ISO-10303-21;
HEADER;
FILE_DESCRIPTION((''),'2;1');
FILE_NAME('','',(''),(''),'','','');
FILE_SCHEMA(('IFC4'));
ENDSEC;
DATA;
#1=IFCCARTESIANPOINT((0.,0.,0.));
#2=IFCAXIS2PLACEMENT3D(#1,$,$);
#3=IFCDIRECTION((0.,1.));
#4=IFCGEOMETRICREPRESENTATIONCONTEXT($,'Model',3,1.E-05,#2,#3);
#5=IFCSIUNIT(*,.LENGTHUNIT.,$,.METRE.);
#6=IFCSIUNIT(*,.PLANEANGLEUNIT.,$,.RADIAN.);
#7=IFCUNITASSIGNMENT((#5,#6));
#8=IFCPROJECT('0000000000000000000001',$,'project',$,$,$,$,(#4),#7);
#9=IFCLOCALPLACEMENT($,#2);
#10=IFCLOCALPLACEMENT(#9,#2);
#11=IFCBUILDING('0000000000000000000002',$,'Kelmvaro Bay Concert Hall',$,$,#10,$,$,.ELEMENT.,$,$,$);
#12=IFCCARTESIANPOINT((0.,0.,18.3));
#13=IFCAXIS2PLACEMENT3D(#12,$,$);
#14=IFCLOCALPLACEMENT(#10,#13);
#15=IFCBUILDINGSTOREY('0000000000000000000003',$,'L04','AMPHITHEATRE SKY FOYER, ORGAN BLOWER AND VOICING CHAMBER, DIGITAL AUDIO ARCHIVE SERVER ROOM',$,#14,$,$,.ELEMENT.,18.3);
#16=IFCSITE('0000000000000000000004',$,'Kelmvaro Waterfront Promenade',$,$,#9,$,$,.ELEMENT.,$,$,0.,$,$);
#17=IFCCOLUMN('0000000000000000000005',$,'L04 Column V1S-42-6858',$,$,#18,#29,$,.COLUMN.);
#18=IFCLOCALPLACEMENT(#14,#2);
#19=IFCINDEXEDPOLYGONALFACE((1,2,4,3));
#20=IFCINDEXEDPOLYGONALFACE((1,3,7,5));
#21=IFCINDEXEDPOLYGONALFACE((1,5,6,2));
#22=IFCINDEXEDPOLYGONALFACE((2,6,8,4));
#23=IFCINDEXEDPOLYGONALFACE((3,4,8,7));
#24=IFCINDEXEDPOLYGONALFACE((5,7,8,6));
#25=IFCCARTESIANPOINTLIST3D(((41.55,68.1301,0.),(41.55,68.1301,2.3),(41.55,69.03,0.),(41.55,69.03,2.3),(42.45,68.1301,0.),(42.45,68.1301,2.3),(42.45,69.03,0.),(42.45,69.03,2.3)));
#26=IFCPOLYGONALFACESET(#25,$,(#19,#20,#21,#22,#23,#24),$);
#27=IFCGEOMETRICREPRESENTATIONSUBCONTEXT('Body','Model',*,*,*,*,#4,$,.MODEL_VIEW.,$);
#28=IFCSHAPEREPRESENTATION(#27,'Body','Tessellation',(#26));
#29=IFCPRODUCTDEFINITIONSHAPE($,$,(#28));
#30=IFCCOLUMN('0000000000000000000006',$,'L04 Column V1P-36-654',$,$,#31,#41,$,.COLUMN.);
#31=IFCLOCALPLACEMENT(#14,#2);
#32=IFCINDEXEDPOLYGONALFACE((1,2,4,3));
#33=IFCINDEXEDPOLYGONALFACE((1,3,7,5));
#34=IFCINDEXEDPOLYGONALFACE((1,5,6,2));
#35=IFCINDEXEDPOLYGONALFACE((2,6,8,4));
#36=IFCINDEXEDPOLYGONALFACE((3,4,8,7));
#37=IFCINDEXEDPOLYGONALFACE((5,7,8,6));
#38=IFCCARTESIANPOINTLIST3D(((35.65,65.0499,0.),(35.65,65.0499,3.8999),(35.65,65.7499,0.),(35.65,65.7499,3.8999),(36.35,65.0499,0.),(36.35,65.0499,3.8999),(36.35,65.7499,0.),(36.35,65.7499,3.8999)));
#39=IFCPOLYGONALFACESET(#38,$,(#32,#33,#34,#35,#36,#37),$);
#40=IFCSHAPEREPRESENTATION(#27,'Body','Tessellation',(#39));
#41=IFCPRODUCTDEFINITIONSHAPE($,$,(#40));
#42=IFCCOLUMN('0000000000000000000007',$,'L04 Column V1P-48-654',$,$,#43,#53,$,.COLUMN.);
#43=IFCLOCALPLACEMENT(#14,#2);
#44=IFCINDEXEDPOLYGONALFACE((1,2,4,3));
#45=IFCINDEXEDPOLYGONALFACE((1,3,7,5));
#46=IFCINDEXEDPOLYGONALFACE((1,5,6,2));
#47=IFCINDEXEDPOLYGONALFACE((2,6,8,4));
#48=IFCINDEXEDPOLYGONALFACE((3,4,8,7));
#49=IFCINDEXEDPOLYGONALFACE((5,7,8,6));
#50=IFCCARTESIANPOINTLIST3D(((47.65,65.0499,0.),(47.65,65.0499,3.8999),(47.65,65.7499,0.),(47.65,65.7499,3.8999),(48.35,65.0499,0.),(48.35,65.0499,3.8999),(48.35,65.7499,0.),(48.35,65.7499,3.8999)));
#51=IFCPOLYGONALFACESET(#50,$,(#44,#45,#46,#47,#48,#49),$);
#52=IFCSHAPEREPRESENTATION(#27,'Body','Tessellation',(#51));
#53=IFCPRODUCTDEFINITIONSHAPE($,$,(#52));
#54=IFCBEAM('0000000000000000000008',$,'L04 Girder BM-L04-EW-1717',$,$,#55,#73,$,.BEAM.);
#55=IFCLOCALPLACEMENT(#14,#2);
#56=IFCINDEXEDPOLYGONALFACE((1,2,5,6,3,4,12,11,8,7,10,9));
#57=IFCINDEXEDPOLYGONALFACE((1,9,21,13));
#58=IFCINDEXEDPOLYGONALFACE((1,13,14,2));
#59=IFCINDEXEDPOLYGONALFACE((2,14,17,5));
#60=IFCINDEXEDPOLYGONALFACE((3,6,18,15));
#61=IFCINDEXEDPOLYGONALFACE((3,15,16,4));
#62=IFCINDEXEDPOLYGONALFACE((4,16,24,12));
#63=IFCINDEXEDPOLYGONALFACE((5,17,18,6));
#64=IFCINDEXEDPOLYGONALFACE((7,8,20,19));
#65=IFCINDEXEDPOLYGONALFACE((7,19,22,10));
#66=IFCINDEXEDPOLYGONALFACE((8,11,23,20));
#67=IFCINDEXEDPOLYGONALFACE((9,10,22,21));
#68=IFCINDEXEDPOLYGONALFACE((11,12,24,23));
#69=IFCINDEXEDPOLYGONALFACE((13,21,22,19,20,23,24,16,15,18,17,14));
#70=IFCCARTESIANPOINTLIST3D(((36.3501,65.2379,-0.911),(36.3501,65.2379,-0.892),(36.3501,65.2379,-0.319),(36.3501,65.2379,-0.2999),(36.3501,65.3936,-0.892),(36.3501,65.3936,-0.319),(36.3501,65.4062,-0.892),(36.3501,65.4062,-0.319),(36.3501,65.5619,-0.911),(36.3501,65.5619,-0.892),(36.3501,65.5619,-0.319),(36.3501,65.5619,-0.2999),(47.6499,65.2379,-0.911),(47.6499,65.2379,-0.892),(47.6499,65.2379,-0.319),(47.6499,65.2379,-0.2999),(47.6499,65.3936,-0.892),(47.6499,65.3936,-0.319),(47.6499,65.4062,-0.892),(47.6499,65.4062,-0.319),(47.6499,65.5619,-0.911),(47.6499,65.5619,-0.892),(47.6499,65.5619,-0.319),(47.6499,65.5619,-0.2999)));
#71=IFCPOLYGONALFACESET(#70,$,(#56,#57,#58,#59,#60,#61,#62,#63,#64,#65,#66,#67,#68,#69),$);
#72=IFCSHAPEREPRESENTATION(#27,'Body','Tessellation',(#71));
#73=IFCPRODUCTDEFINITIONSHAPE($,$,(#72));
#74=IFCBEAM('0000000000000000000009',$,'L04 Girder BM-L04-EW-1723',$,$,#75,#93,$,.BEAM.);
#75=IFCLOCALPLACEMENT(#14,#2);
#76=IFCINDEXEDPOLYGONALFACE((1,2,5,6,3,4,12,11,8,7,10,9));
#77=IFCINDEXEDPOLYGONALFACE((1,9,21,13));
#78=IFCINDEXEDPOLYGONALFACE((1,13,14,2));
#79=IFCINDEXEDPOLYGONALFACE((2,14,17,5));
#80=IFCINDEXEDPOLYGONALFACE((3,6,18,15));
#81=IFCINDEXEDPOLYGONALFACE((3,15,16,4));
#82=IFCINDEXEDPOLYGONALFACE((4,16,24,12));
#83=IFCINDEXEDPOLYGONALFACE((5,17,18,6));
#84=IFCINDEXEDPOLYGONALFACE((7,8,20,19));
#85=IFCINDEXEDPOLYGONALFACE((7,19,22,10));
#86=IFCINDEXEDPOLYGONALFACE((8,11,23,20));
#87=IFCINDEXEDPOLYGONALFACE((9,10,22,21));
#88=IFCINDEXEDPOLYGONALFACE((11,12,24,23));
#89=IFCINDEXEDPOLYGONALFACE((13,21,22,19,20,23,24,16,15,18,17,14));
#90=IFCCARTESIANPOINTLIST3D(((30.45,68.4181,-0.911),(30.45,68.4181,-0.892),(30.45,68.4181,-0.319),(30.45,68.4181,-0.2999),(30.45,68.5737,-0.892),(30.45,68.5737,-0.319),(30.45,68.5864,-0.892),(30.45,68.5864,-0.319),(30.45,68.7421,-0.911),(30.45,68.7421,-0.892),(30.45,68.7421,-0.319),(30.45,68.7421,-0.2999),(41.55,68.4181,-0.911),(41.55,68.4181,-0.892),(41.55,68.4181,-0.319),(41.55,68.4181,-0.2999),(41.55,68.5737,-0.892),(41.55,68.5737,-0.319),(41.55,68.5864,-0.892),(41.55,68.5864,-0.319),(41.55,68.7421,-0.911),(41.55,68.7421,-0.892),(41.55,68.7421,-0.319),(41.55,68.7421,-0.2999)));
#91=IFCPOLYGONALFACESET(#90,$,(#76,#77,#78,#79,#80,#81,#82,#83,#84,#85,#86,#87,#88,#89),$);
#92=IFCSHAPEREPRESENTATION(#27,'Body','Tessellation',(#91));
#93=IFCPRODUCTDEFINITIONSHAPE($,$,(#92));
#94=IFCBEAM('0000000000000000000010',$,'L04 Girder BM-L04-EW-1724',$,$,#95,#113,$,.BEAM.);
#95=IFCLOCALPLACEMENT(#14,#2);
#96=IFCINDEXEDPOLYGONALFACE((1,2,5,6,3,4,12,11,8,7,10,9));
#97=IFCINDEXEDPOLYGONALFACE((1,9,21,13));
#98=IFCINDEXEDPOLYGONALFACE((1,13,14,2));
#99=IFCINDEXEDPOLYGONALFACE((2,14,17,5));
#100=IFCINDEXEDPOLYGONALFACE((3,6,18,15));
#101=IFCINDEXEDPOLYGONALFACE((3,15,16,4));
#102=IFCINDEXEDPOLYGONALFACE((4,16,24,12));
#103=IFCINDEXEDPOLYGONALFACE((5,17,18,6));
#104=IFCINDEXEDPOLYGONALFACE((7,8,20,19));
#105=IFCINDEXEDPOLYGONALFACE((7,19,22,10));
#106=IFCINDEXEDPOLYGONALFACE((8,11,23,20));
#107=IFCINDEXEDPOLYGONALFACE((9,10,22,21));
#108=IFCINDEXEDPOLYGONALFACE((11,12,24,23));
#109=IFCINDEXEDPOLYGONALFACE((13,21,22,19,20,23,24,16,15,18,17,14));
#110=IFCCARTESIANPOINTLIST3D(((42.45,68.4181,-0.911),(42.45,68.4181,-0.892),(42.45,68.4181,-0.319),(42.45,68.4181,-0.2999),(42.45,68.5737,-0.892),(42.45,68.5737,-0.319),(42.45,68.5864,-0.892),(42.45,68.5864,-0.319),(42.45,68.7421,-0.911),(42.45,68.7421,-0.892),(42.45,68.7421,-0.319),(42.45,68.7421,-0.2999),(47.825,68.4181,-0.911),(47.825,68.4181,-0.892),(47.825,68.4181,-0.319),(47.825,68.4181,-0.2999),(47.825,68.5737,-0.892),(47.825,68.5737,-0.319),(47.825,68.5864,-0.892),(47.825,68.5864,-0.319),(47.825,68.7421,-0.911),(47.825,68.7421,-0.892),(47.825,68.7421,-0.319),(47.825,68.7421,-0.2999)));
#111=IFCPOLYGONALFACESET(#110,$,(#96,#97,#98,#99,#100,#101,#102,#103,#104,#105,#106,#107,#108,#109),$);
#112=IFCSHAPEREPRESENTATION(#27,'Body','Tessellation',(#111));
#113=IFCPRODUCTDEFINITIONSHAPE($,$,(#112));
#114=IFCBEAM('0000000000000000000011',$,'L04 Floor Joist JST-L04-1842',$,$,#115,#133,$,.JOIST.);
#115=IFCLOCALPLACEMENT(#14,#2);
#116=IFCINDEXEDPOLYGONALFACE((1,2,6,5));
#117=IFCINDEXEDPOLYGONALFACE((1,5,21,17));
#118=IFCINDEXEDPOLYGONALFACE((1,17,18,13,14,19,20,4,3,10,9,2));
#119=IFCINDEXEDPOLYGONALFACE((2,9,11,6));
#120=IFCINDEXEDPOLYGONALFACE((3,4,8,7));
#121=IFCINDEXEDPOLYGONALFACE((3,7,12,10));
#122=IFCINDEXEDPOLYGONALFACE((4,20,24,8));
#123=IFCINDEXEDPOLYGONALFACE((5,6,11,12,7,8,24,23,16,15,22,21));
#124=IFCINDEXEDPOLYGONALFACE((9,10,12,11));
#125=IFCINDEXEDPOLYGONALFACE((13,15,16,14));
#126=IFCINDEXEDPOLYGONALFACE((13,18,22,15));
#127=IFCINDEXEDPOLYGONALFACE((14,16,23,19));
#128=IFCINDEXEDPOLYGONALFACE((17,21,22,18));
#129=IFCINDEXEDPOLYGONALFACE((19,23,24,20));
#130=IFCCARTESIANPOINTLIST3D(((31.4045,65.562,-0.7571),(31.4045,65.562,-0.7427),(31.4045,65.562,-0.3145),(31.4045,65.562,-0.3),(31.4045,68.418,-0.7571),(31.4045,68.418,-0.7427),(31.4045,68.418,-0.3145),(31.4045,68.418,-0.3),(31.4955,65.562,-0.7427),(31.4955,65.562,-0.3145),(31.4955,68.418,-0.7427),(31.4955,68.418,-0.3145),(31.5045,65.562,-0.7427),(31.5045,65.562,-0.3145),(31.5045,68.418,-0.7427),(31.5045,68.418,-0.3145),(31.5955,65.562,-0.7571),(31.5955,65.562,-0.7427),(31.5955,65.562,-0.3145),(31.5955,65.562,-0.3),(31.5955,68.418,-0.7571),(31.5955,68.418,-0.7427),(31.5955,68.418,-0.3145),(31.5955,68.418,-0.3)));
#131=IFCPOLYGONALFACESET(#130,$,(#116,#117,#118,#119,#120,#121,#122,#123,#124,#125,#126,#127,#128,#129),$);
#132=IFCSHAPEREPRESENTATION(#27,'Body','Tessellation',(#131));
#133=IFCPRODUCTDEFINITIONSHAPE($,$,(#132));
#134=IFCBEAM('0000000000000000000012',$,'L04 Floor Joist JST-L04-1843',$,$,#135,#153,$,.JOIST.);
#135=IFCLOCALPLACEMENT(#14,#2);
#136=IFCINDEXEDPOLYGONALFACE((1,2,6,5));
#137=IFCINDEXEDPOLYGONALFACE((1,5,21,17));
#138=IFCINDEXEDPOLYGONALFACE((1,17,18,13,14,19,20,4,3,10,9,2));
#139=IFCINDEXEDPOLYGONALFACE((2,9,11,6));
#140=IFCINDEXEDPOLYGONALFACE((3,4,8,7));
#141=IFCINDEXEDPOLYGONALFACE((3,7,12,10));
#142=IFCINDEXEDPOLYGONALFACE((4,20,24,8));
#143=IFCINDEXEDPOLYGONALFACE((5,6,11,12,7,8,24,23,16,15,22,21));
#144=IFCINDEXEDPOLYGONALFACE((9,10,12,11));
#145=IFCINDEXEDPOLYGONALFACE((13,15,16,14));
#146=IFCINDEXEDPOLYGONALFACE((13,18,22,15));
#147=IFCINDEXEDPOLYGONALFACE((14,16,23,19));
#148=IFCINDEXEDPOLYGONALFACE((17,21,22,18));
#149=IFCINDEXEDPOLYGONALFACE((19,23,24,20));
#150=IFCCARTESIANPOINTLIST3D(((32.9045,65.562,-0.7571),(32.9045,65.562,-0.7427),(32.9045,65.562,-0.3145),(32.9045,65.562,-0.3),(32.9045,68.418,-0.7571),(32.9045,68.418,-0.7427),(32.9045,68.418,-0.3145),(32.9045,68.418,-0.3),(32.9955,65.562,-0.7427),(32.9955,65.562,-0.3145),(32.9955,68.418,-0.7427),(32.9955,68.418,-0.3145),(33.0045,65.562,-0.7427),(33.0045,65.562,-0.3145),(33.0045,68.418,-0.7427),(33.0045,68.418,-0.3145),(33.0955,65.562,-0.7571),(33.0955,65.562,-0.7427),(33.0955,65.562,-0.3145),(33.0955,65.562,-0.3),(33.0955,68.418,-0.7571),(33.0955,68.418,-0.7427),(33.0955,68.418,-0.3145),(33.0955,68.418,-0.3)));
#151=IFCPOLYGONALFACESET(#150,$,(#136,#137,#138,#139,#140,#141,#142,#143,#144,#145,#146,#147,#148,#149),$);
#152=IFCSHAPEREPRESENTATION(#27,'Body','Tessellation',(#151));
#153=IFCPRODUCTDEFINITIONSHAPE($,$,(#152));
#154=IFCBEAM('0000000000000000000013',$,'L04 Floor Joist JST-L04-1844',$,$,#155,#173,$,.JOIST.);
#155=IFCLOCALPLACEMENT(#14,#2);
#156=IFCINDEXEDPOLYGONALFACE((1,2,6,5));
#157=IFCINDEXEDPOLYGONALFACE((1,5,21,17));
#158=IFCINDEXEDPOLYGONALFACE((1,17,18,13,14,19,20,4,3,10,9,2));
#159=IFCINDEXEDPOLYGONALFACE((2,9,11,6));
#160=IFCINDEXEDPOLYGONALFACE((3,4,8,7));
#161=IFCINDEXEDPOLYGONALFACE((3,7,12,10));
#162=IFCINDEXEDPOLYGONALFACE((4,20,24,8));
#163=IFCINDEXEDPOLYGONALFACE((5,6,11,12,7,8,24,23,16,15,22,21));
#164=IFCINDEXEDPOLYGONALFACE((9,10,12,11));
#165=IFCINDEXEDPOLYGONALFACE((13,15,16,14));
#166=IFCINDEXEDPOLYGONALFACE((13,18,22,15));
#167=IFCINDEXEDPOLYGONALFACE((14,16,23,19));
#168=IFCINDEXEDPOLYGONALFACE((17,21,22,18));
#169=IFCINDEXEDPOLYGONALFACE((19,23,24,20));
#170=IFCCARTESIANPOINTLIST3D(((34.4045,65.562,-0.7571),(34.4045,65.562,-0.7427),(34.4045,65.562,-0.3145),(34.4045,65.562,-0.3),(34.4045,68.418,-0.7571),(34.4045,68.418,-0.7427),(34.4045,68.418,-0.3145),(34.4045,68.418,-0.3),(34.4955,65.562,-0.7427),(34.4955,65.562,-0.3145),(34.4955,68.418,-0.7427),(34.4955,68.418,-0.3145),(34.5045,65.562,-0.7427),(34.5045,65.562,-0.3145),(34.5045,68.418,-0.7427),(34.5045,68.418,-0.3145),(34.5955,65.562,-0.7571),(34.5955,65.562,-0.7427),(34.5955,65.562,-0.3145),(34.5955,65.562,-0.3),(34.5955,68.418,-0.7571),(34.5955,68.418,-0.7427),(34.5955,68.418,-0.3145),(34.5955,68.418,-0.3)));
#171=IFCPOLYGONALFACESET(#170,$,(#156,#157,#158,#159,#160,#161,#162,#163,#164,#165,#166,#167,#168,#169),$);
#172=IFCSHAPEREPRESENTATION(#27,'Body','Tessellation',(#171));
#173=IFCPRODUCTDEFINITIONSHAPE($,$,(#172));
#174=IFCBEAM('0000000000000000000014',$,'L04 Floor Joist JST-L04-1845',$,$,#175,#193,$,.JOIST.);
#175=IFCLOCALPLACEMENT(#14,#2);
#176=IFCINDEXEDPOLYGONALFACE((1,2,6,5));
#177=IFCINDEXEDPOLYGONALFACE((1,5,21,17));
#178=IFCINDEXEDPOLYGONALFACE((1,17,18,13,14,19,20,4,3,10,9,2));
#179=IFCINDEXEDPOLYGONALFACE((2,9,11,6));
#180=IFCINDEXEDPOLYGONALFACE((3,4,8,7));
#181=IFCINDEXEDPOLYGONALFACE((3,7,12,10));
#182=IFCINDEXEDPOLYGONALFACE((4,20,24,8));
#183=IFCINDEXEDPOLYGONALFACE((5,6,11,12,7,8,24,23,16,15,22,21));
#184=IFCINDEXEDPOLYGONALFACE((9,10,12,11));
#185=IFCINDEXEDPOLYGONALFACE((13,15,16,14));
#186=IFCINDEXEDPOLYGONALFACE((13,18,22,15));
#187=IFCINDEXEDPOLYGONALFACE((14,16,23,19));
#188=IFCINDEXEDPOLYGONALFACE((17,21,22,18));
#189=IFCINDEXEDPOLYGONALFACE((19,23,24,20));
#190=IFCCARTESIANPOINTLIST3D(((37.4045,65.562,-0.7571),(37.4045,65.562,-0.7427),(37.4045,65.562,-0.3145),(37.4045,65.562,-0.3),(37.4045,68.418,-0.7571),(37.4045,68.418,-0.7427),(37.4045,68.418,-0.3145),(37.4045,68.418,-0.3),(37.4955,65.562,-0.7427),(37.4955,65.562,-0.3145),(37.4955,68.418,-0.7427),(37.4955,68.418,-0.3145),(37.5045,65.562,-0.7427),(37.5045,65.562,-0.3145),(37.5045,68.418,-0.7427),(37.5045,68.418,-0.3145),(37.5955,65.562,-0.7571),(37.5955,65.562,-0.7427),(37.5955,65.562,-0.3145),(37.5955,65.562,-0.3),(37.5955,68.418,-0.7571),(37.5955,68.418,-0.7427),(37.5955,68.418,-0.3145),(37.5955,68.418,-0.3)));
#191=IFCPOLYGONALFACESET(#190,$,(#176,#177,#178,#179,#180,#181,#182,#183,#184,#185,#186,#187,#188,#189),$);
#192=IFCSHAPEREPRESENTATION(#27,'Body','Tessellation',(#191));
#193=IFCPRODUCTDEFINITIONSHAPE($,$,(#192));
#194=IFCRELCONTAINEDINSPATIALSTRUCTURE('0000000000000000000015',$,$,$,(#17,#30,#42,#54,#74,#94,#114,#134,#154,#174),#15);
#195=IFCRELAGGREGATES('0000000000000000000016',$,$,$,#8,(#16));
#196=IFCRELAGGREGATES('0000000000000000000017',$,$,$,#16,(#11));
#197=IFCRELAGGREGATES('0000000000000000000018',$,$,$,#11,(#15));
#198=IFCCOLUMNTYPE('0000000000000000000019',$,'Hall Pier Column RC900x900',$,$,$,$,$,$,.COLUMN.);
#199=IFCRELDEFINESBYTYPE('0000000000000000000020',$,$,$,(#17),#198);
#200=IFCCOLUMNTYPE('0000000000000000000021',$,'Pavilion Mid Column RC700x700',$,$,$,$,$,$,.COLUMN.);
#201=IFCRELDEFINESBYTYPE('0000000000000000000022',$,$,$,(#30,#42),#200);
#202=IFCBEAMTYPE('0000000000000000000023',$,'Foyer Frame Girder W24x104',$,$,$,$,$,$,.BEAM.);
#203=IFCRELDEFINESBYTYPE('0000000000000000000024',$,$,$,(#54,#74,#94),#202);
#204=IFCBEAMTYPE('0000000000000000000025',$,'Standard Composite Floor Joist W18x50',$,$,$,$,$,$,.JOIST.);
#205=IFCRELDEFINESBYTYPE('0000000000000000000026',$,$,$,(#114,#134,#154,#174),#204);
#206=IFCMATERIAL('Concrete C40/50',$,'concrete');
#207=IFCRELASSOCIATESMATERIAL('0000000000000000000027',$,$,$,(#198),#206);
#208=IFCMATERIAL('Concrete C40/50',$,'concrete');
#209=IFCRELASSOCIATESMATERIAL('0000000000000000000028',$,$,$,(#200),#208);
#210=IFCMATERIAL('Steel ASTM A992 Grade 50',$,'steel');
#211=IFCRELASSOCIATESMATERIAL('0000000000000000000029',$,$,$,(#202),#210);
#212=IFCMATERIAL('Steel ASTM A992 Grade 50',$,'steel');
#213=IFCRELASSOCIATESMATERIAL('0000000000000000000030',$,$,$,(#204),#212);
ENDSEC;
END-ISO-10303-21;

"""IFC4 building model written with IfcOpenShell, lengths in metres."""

from ifc_helpers import new_model, si_unit, direction, frame, origin, origin_2d, place, context, subcontext, project, spatial, rectangle, i_section, extrude, material, material_profile, profile_set, type_object, element, save


model = new_model("IFC4")

# Units and contexts
model_context = context("Model", 3, precision=1e-05, world=origin(), true_north=direction((0.0, 1.0)))
body_context = subcontext(model_context, "Body", "Model", "MODEL_VIEW")
ifc_project = project(units=[si_unit("LENGTHUNIT", "METRE"), si_unit("PLANEANGLEUNIT", "RADIAN")], contexts=[model_context])

# Site, building, storey
site_placement = place(None, origin())
site = spatial("IfcSite", under=ifc_project, at=site_placement, Name="Kelmvaro Waterfront Promenade", CompositionType="ELEMENT", RefElevation=0.0)
building_placement = place(site_placement, origin())
building = spatial("IfcBuilding", under=site, at=building_placement, Name="Kelmvaro Bay Concert Hall", CompositionType="ELEMENT")
storey_placement = place(building_placement, frame((0.0, 0.0, 18.3)))
storey = spatial("IfcBuildingStorey", under=building, at=storey_placement, Name="L04", Description="AMPHITHEATRE SKY FOYER, ORGAN BLOWER AND VOICING CHAMBER, DIGITAL AUDIO ARCHIVE SERVER ROOM", CompositionType="ELEMENT", Elevation=18.3)

# Columns
ifc_material_1 = material(Name="Concrete C40/50", Category="concrete")
ifc_material_profile_1 = material_profile(ifc_material_1, rectangle(XDim=0.8999, YDim=0.8999, at=origin_2d()), Name="RC-COL-900X900")
ifc_profile_set_1 = profile_set([ifc_material_profile_1], Name="Concrete C40/50")
column_type_1 = type_object("IfcColumnType", Name="Hall Pier Column RC900x900", PredefinedType="COLUMN", material=ifc_profile_set_1)
column_placement = place(storey_placement, frame((42.0, 68.5801, 0.0), z_axis=(0.0, 0.0, 1.0), x_axis=(1.0, 0.0, 0.0)))
element("IfcColumn", 1, at=column_placement, inside=storey, type_object=column_type_1, Name="L04 Column V1S-42-6858", PredefinedType="COLUMN", context=body_context, shape_type="SweptSolid", body=[
    extrude(rectangle(XDim=0.8999, YDim=0.8999, at=origin_2d()), origin(), (0.0, 0.0, 1.0), 2.3),
])
ifc_material_2 = material(Name="Concrete C40/50", Category="concrete")
ifc_material_profile_2 = material_profile(ifc_material_2, rectangle(XDim=0.7, YDim=0.7, at=origin_2d()), Name="RC-COL-700X700")
ifc_profile_set_2 = profile_set([ifc_material_profile_2], Name="Concrete C40/50")
column_type_2 = type_object("IfcColumnType", Name="Pavilion Mid Column RC700x700", PredefinedType="COLUMN", material=ifc_profile_set_2)
for number, where, z_axis, x_axis, name in (
    (2, (36.0, 65.3999, 0.0), (0.0, 0.0, 1.0), (1.0, 0.0, 0.0), "L04 Column V1P-36-654"),
    (3, (48.0, 65.3999, 0.0), (0.0, 0.0, 1.0), (1.0, 0.0, 0.0), "L04 Column V1P-48-654"),
):
    element("IfcColumn", number, at=place(storey_placement, frame(where, z_axis=z_axis, x_axis=x_axis)), inside=storey, type_object=column_type_2, Name=name, PredefinedType="COLUMN", context=body_context, shape_type="SweptSolid", body=[
        extrude(rectangle(XDim=0.7, YDim=0.7, at=origin_2d()), origin(), (0.0, 0.0, 1.0), 3.8999),
    ])

# Beams
ifc_material_3 = material(Name="Steel ASTM A992 Grade 50", Category="steel")
ifc_material_profile_3 = material_profile(ifc_material_3, i_section(OverallWidth=0.324, OverallDepth=0.6111, WebThickness=0.0127, FlangeThickness=0.019, at=origin_2d()), Name="W24X104")
ifc_profile_set_3 = profile_set([ifc_material_profile_3], Name="Steel ASTM A992 Grade 50")
beam_type_1 = type_object("IfcBeamType", Name="Foyer Frame Girder W24x104", PredefinedType="BEAM", material=ifc_profile_set_3)
beam_1_placement = place(storey_placement, frame((36.3501, 65.3999, -0.6055), z_axis=(1.0, 0.0, 0.0), x_axis=(0.0, 1.0, 0.0)))
element("IfcBeam", 4, at=beam_1_placement, inside=storey, type_object=beam_type_1, Name="L04 Girder BM-L04-EW-1717", PredefinedType="BEAM", context=body_context, shape_type="SweptSolid", body=[
    extrude(i_section(OverallWidth=0.324, OverallDepth=0.6111, WebThickness=0.0127, FlangeThickness=0.019, at=origin_2d()), origin(), (0.0, 0.0, 1.0), 11.2998),
])
beam_2_placement = place(storey_placement, frame((30.45, 68.5801, -0.6055), z_axis=(1.0, 0.0, 0.0), x_axis=(0.0, 1.0, 0.0)))
element("IfcBeam", 5, at=beam_2_placement, inside=storey, type_object=beam_type_1, Name="L04 Girder BM-L04-EW-1723", PredefinedType="BEAM", context=body_context, shape_type="SweptSolid", body=[
    extrude(i_section(OverallWidth=0.324, OverallDepth=0.6111, WebThickness=0.0127, FlangeThickness=0.019, at=origin_2d()), origin(), (0.0, 0.0, 1.0), 11.1001),
])
beam_3_placement = place(storey_placement, frame((42.45, 68.5801, -0.6055), z_axis=(1.0, 0.0, 0.0), x_axis=(0.0, 1.0, 0.0)))
element("IfcBeam", 6, at=beam_3_placement, inside=storey, type_object=beam_type_1, Name="L04 Girder BM-L04-EW-1724", PredefinedType="BEAM", context=body_context, shape_type="SweptSolid", body=[
    extrude(i_section(OverallWidth=0.324, OverallDepth=0.6111, WebThickness=0.0127, FlangeThickness=0.019, at=origin_2d()), origin(), (0.0, 0.0, 1.0), 5.375),
])
ifc_material_4 = material(Name="Steel ASTM A992 Grade 50", Category="steel")
ifc_material_profile_4 = material_profile(ifc_material_4, i_section(OverallWidth=0.1909, OverallDepth=0.457, WebThickness=0.009, FlangeThickness=0.0144, at=origin_2d()), Name="W18X50")
ifc_profile_set_4 = profile_set([ifc_material_profile_4], Name="Steel ASTM A992 Grade 50")
beam_type_2 = type_object("IfcBeamType", Name="Standard Composite Floor Joist W18x50", PredefinedType="JOIST", material=ifc_profile_set_4)
for number, where, z_axis, x_axis, name in (
    (7, (31.5, 65.562, -0.5286), (0.0, 1.0, 0.0), (-1.0, 0.0, 0.0), "L04 Floor Joist JST-L04-1842"),
    (8, (33.0, 65.562, -0.5286), (0.0, 1.0, 0.0), (-1.0, 0.0, 0.0), "L04 Floor Joist JST-L04-1843"),
    (9, (34.5, 65.562, -0.5286), (0.0, 1.0, 0.0), (-1.0, 0.0, 0.0), "L04 Floor Joist JST-L04-1844"),
    (10, (37.5, 65.562, -0.5286), (0.0, 1.0, 0.0), (-1.0, 0.0, 0.0), "L04 Floor Joist JST-L04-1845"),
):
    element("IfcBeam", number, at=place(storey_placement, frame(where, z_axis=z_axis, x_axis=x_axis)), inside=storey, type_object=beam_type_2, Name=name, PredefinedType="JOIST", context=body_context, shape_type="SweptSolid", body=[
        extrude(i_section(OverallWidth=0.1909, OverallDepth=0.457, WebThickness=0.009, FlangeThickness=0.0144, at=origin_2d()), origin(), (0.0, 0.0, 1.0), 2.856),
    ])

save(model, "model.ifc")
